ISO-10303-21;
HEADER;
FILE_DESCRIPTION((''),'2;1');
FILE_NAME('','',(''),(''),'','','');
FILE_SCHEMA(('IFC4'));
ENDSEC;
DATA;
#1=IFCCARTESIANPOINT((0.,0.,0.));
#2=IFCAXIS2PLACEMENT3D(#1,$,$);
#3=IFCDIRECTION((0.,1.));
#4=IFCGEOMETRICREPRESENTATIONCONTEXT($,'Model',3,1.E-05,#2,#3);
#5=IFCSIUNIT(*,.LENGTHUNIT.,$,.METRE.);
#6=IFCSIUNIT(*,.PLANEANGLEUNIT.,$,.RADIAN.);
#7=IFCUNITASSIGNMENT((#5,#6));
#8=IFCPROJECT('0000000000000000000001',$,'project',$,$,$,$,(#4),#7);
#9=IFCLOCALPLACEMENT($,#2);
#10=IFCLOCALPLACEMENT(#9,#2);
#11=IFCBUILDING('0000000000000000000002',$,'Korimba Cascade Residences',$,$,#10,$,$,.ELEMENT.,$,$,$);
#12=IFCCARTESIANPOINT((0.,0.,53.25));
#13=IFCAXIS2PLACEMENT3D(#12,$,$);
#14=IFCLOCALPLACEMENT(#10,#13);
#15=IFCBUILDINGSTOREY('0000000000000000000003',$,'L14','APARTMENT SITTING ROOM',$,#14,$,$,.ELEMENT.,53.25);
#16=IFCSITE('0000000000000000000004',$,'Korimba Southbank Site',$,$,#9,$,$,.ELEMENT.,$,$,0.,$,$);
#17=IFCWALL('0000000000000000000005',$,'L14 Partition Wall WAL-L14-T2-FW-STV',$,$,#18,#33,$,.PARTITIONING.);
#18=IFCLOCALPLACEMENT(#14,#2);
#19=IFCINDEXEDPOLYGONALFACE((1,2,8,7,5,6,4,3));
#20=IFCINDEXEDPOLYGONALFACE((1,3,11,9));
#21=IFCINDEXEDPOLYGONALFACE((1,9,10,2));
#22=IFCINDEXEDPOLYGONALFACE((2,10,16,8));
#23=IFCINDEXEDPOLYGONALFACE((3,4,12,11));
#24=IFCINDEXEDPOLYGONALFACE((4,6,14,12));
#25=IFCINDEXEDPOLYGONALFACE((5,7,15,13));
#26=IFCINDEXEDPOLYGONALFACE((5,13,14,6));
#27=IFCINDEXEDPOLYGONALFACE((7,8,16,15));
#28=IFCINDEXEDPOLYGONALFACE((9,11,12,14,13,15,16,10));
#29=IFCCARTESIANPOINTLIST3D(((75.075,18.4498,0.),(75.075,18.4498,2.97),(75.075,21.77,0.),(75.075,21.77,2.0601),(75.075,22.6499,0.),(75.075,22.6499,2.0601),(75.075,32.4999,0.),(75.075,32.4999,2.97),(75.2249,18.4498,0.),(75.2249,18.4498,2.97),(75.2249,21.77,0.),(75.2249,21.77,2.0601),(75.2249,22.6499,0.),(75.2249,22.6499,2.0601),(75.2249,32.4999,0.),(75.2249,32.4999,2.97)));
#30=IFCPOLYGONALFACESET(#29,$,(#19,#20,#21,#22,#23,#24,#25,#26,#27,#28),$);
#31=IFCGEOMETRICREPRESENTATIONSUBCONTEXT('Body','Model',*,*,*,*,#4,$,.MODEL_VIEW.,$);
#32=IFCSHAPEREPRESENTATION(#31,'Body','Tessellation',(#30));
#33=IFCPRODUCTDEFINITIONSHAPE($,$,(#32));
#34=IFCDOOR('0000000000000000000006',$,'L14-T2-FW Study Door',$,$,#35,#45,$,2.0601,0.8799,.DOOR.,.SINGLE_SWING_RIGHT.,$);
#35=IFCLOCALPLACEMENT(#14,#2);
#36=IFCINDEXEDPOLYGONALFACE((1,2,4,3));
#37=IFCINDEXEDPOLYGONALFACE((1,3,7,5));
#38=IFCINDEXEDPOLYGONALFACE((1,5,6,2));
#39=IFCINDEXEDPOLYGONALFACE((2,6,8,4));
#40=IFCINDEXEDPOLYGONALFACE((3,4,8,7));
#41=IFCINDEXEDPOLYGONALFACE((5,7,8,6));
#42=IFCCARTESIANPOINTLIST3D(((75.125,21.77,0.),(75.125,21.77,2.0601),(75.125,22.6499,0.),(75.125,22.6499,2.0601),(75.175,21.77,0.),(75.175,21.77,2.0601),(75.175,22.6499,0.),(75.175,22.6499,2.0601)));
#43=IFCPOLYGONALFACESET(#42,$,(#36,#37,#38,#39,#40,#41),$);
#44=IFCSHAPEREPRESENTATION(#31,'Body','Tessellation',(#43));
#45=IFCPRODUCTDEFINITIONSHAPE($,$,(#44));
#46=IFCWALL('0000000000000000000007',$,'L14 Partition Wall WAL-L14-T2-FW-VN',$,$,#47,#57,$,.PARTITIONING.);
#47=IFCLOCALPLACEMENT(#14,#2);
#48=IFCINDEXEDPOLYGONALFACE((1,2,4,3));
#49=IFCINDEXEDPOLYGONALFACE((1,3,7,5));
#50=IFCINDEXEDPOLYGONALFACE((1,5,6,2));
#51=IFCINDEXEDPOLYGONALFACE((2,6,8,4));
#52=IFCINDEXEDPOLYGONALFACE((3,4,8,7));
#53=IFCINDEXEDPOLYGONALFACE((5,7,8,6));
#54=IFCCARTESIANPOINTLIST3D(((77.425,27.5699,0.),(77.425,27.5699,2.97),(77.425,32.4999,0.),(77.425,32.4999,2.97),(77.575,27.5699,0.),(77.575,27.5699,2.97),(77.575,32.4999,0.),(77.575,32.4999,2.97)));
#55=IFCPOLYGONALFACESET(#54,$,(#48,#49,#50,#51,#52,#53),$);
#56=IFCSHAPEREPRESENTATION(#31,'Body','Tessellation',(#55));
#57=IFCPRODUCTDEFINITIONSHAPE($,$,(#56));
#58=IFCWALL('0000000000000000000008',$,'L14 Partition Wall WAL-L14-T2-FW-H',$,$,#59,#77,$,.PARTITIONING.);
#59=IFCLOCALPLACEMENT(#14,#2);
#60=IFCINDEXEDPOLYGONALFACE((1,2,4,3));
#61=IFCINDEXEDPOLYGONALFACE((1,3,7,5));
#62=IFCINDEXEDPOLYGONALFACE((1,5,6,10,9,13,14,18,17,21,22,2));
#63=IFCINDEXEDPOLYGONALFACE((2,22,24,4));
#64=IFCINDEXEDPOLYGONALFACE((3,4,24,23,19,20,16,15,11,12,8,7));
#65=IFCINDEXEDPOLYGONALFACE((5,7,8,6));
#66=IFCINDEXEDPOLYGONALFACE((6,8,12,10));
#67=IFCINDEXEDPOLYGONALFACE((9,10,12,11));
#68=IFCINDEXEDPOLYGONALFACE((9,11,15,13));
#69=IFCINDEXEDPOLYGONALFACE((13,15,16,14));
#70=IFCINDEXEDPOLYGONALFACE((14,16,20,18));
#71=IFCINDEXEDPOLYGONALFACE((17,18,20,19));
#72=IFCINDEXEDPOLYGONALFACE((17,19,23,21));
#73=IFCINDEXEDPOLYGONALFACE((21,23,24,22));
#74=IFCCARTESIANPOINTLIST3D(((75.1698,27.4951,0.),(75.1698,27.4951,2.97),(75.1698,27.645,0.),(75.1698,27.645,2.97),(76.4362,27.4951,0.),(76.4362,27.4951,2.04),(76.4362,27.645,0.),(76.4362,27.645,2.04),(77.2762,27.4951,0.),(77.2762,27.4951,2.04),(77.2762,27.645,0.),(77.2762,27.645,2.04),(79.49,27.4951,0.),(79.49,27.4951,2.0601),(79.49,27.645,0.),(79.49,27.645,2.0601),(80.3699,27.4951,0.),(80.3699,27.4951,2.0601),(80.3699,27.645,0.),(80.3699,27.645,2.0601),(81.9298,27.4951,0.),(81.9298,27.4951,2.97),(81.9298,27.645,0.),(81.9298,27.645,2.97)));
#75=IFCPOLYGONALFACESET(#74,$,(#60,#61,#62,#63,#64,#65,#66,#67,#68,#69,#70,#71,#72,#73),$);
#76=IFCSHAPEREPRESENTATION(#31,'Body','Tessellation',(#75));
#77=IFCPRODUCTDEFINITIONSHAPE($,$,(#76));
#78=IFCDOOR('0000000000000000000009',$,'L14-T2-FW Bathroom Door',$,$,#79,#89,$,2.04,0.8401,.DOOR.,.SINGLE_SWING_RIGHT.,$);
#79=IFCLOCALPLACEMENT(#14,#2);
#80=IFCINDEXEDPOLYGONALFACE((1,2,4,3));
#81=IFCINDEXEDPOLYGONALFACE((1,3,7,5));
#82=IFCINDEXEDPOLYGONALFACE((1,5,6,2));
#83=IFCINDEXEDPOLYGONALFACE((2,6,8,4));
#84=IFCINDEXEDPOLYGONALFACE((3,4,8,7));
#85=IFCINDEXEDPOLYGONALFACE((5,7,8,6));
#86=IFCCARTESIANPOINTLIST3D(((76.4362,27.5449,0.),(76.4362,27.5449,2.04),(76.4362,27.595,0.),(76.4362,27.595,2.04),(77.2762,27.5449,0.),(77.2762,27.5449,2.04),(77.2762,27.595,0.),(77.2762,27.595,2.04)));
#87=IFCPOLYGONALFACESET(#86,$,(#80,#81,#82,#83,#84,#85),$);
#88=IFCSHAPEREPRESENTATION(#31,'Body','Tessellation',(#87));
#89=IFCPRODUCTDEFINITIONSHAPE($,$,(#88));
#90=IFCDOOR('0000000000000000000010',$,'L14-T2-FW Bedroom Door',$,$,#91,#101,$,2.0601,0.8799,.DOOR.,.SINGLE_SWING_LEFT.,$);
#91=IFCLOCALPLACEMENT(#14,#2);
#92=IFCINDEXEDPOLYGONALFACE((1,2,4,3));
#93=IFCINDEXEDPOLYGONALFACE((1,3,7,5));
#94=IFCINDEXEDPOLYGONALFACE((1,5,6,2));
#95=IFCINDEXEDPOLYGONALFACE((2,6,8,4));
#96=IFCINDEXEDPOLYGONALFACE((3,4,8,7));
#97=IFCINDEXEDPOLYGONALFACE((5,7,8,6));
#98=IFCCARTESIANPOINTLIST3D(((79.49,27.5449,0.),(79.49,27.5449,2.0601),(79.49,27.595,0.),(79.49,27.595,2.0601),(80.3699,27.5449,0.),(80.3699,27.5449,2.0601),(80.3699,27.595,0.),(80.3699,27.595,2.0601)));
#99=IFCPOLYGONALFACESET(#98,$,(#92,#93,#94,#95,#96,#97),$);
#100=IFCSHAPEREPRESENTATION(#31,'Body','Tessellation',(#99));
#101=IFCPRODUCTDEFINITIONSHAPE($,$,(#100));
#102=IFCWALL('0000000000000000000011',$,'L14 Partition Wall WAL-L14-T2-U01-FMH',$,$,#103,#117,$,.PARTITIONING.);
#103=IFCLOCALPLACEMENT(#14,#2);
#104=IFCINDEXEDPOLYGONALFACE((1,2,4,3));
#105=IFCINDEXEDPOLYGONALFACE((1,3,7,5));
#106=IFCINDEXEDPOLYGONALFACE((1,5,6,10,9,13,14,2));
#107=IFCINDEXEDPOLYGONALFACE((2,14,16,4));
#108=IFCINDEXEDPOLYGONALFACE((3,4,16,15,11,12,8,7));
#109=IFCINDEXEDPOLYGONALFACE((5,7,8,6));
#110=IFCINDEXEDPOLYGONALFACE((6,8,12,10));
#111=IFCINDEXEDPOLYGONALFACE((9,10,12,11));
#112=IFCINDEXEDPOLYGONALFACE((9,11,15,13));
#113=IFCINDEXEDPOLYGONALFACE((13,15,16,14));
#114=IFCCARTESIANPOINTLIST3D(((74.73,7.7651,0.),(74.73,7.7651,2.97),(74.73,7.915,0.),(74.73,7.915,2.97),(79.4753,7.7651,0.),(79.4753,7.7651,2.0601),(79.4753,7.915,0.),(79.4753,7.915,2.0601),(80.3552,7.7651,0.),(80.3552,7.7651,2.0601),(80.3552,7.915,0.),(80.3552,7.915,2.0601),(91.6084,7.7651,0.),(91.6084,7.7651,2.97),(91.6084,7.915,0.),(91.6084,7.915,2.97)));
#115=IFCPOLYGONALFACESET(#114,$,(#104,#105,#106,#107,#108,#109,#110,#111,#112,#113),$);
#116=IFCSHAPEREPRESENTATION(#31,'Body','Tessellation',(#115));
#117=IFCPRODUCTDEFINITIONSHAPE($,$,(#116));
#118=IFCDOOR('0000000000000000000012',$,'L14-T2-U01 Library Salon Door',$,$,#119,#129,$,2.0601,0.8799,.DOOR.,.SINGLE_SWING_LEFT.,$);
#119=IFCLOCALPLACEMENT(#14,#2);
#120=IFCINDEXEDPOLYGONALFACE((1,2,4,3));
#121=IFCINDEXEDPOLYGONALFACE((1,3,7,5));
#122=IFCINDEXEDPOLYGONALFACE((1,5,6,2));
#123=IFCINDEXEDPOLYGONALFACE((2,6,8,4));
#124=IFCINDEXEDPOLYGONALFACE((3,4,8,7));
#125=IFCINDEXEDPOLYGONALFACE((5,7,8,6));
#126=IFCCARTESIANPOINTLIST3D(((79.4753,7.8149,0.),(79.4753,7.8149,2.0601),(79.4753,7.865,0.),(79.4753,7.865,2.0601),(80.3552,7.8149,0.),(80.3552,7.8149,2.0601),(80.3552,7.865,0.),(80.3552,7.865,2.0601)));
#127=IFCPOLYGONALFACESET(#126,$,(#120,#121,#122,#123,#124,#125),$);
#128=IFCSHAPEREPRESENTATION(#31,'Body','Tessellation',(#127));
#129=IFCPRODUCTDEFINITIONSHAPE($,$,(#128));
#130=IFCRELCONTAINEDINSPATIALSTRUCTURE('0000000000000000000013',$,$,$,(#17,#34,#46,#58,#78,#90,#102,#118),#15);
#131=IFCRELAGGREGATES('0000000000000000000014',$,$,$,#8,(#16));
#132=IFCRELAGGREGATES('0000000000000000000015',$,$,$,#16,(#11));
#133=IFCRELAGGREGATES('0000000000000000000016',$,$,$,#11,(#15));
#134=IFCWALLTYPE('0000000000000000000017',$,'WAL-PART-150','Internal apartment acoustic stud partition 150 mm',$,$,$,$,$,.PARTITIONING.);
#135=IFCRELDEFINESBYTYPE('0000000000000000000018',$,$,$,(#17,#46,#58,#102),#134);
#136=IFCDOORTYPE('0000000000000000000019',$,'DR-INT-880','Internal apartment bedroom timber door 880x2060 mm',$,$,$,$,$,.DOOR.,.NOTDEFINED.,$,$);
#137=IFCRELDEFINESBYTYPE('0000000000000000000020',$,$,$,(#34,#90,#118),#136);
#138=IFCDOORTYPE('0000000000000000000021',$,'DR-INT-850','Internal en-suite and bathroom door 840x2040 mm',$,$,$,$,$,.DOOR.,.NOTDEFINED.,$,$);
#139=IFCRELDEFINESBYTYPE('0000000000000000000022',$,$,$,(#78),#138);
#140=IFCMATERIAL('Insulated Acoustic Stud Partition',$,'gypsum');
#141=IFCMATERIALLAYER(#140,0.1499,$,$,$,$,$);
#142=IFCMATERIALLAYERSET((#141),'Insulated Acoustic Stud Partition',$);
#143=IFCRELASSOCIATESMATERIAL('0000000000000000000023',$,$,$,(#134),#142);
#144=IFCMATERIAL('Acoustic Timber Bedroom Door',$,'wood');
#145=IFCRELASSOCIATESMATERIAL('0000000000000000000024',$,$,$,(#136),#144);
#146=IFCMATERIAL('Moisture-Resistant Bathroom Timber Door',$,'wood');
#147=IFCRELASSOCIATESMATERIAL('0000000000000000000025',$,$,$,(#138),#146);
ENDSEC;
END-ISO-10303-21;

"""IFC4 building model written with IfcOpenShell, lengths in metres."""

from ifc_helpers import new_model, si_unit, direction, frame, frame_2d, origin, place, context, subcontext, project, spatial, rectangle, extrude, material, layer, layer_set, type_object, element, fill, save


model = new_model("IFC4")

# Units and contexts
model_context = context("Model", 3, precision=1e-05, world=origin(), true_north=direction((0.0, 1.0)))
body_context = subcontext(model_context, "Body", "Model", "MODEL_VIEW")
ifc_project = project(units=[si_unit("LENGTHUNIT", "METRE"), si_unit("PLANEANGLEUNIT", "RADIAN")], contexts=[model_context])

# Site, building, storey
site_placement = place(None, origin())
site = spatial("IfcSite", under=ifc_project, at=site_placement, Name="Korimba Southbank Site", CompositionType="ELEMENT", RefElevation=0.0)
building_placement = place(site_placement, origin())
building = spatial("IfcBuilding", under=site, at=building_placement, Name="Korimba Cascade Residences", CompositionType="ELEMENT")
storey_placement = place(building_placement, frame((0.0, 0.0, 53.25)))
storey = spatial("IfcBuildingStorey", under=building, at=storey_placement, Name="L14", Description="APARTMENT SITTING ROOM", CompositionType="ELEMENT", Elevation=53.25)

# Shared definitions
ifc_material_1 = material(Name="Insulated Acoustic Stud Partition", Category="gypsum")
ifc_layer_1 = layer(ifc_material_1, 0.1499)
ifc_layer_set_1 = layer_set([ifc_layer_1], Name="Insulated Acoustic Stud Partition")
wall_type_1 = type_object("IfcWallType", Name="WAL-PART-150", Description="Internal apartment acoustic stud partition 150 mm", PredefinedType="PARTITIONING", material=ifc_layer_set_1)

# Wall, opening, door
wall_1_placement = place(storey_placement, frame((75.1499, 18.45, 0.0), z_axis=(0.0, 0.0, 1.0), x_axis=(0.0, 1.0, 0.0)))
wall_1 = element("IfcWall", 1, at=wall_1_placement, inside=storey, type_object=wall_type_1, Name="L14 Partition Wall WAL-L14-T2-FW-STV", PredefinedType="PARTITIONING", context=body_context, shape_type="SweptSolid", body=[
    extrude(rectangle(XDim=14.05, YDim=0.1499, at=frame_2d((7.0249, 0.0))), origin(), (0.0, 0.0, 1.0), 2.97),
])
opening_1_placement = place(wall_1_placement, frame((3.3201, 0.0, 0.0)))
opening_1 = element("IfcOpeningElement", 2, at=opening_1_placement, cuts=wall_1, PredefinedType="OPENING", context=body_context, shape_type="SweptSolid", body=[
    extrude(rectangle(XDim=0.8799, YDim=2.0601, at=frame_2d((0.4399, 1.03))), frame((0.0, 0.085, 0.0), z_axis=(0.0, -1.0, 0.0), x_axis=(1.0, 0.0, 0.0)), (0.0, 0.0, 1.0), 0.1699),
])
ifc_material_2 = material(Name="Acoustic Timber Bedroom Door", Category="wood")
door_type_1 = type_object("IfcDoorType", Name="DR-INT-880", Description="Internal apartment bedroom timber door 880x2060 mm", OperationType="NOTDEFINED", PredefinedType="DOOR", material=ifc_material_2)
door_1_placement = place(opening_1_placement, origin())
door_1 = element("IfcDoor", 3, at=door_1_placement, inside=storey, type_object=door_type_1, Name="L14-T2-FW Study Door", OperationType="SINGLE_SWING_RIGHT", OverallHeight=2.0601, OverallWidth=0.8799, PredefinedType="DOOR", context=body_context, shape_type="SweptSolid", body=[
    extrude(rectangle(XDim=0.8799, YDim=2.0601, at=frame_2d((0.4399, 1.03))), frame((0.0, 0.0249, 0.0), z_axis=(0.0, -1.0, 0.0), x_axis=(1.0, 0.0, 0.0)), (0.0, 0.0, 1.0), 0.05),
])
fill(opening_1, door_1)

# Wall
wall_2_placement = place(storey_placement, frame((77.5, 27.5701, 0.0), z_axis=(0.0, 0.0, 1.0), x_axis=(0.0, 1.0, 0.0)))
element("IfcWall", 4, at=wall_2_placement, inside=storey, type_object=wall_type_1, Name="L14 Partition Wall WAL-L14-T2-FW-VN", PredefinedType="PARTITIONING", context=body_context, shape_type="SweptSolid", body=[
    extrude(rectangle(XDim=4.9299, YDim=0.1499, at=frame_2d((2.4648, 0.0))), origin(), (0.0, 0.0, 1.0), 2.97),
])

# Wall, openings, doors
wall_3_placement = place(storey_placement, frame((75.1699, 27.5701, 0.0), z_axis=(0.0, 0.0, 1.0), x_axis=(1.0, 0.0, 0.0)))
wall_3 = element("IfcWall", 5, at=wall_3_placement, inside=storey, type_object=wall_type_1, Name="L14 Partition Wall WAL-L14-T2-FW-H", PredefinedType="PARTITIONING", context=body_context, shape_type="SweptSolid", body=[
    extrude(rectangle(XDim=6.76, YDim=0.1499, at=frame_2d((3.3799, 0.0))), origin(), (0.0, 0.0, 1.0), 2.97),
])
opening_2_placement = place(wall_3_placement, frame((1.2664, 0.0, 0.0)))
opening_2 = element("IfcOpeningElement", 6, at=opening_2_placement, cuts=wall_3, PredefinedType="OPENING", context=body_context, shape_type="SweptSolid", body=[
    extrude(rectangle(XDim=0.8401, YDim=2.04, at=frame_2d((0.4199, 1.02))), frame((0.0, 0.085, 0.0), z_axis=(0.0, -1.0, 0.0), x_axis=(1.0, 0.0, 0.0)), (0.0, 0.0, 1.0), 0.1699),
])
opening_3_placement = place(wall_3_placement, frame((4.3201, 0.0, 0.0)))
opening_3 = element("IfcOpeningElement", 7, at=opening_3_placement, cuts=wall_3, PredefinedType="OPENING", context=body_context, shape_type="SweptSolid", body=[
    extrude(rectangle(XDim=0.8799, YDim=2.0601, at=frame_2d((0.4399, 1.03))), frame((0.0, 0.085, 0.0), z_axis=(0.0, -1.0, 0.0), x_axis=(1.0, 0.0, 0.0)), (0.0, 0.0, 1.0), 0.1699),
])
ifc_material_3 = material(Name="Moisture-Resistant Bathroom Timber Door", Category="wood")
door_type_2 = type_object("IfcDoorType", Name="DR-INT-850", Description="Internal en-suite and bathroom door 840x2040 mm", OperationType="NOTDEFINED", PredefinedType="DOOR", material=ifc_material_3)
door_2_placement = place(opening_2_placement, origin())
door_2 = element("IfcDoor", 8, at=door_2_placement, inside=storey, type_object=door_type_2, Name="L14-T2-FW Bathroom Door", OperationType="SINGLE_SWING_RIGHT", OverallHeight=2.04, OverallWidth=0.8401, PredefinedType="DOOR", context=body_context, shape_type="SweptSolid", body=[
    extrude(rectangle(XDim=0.8401, YDim=2.04, at=frame_2d((0.4199, 1.02))), frame((0.0, 0.0249, 0.0), z_axis=(0.0, -1.0, 0.0), x_axis=(1.0, 0.0, 0.0)), (0.0, 0.0, 1.0), 0.05),
])
fill(opening_2, door_2)
door_3_placement = place(opening_3_placement, origin())
door_3 = element("IfcDoor", 9, at=door_3_placement, inside=storey, type_object=door_type_1, Name="L14-T2-FW Bedroom Door", OperationType="SINGLE_SWING_LEFT", OverallHeight=2.0601, OverallWidth=0.8799, PredefinedType="DOOR", context=body_context, shape_type="SweptSolid", body=[
    extrude(rectangle(XDim=0.8799, YDim=2.0601, at=frame_2d((0.4399, 1.03))), frame((0.0, 0.0249, 0.0), z_axis=(0.0, -1.0, 0.0), x_axis=(1.0, 0.0, 0.0)), (0.0, 0.0, 1.0), 0.05),
])
fill(opening_3, door_3)

# Wall, opening, door
wall_4_placement = place(storey_placement, frame((74.73, 7.8401, 0.0), z_axis=(0.0, 0.0, 1.0), x_axis=(1.0, 0.0, 0.0)))
wall_4 = element("IfcWall", 10, at=wall_4_placement, inside=storey, type_object=wall_type_1, Name="L14 Partition Wall WAL-L14-T2-U01-FMH", PredefinedType="PARTITIONING", context=body_context, shape_type="SweptSolid", body=[
    extrude(rectangle(XDim=16.8784, YDim=0.1499, at=frame_2d((8.4392, 0.0))), origin(), (0.0, 0.0, 1.0), 2.97),
])
opening_4_placement = place(wall_4_placement, frame((4.7454, 0.0, 0.0)))
opening_4 = element("IfcOpeningElement", 11, at=opening_4_placement, cuts=wall_4, PredefinedType="OPENING", context=body_context, shape_type="SweptSolid", body=[
    extrude(rectangle(XDim=0.8799, YDim=2.0601, at=frame_2d((0.4399, 1.03))), frame((0.0, 0.085, 0.0), z_axis=(0.0, -1.0, 0.0), x_axis=(1.0, 0.0, 0.0)), (0.0, 0.0, 1.0), 0.1699),
])
door_4_placement = place(opening_4_placement, origin())
door_4 = element("IfcDoor", 12, at=door_4_placement, inside=storey, type_object=door_type_1, Name="L14-T2-U01 Library Salon Door", OperationType="SINGLE_SWING_LEFT", OverallHeight=2.0601, OverallWidth=0.8799, PredefinedType="DOOR", context=body_context, shape_type="SweptSolid", body=[
    extrude(rectangle(XDim=0.8799, YDim=2.0601, at=frame_2d((0.4399, 1.03))), frame((0.0, 0.0249, 0.0), z_axis=(0.0, -1.0, 0.0), x_axis=(1.0, 0.0, 0.0)), (0.0, 0.0, 1.0), 0.05),
])
fill(opening_4, door_4)

save(model, "model.ifc")
